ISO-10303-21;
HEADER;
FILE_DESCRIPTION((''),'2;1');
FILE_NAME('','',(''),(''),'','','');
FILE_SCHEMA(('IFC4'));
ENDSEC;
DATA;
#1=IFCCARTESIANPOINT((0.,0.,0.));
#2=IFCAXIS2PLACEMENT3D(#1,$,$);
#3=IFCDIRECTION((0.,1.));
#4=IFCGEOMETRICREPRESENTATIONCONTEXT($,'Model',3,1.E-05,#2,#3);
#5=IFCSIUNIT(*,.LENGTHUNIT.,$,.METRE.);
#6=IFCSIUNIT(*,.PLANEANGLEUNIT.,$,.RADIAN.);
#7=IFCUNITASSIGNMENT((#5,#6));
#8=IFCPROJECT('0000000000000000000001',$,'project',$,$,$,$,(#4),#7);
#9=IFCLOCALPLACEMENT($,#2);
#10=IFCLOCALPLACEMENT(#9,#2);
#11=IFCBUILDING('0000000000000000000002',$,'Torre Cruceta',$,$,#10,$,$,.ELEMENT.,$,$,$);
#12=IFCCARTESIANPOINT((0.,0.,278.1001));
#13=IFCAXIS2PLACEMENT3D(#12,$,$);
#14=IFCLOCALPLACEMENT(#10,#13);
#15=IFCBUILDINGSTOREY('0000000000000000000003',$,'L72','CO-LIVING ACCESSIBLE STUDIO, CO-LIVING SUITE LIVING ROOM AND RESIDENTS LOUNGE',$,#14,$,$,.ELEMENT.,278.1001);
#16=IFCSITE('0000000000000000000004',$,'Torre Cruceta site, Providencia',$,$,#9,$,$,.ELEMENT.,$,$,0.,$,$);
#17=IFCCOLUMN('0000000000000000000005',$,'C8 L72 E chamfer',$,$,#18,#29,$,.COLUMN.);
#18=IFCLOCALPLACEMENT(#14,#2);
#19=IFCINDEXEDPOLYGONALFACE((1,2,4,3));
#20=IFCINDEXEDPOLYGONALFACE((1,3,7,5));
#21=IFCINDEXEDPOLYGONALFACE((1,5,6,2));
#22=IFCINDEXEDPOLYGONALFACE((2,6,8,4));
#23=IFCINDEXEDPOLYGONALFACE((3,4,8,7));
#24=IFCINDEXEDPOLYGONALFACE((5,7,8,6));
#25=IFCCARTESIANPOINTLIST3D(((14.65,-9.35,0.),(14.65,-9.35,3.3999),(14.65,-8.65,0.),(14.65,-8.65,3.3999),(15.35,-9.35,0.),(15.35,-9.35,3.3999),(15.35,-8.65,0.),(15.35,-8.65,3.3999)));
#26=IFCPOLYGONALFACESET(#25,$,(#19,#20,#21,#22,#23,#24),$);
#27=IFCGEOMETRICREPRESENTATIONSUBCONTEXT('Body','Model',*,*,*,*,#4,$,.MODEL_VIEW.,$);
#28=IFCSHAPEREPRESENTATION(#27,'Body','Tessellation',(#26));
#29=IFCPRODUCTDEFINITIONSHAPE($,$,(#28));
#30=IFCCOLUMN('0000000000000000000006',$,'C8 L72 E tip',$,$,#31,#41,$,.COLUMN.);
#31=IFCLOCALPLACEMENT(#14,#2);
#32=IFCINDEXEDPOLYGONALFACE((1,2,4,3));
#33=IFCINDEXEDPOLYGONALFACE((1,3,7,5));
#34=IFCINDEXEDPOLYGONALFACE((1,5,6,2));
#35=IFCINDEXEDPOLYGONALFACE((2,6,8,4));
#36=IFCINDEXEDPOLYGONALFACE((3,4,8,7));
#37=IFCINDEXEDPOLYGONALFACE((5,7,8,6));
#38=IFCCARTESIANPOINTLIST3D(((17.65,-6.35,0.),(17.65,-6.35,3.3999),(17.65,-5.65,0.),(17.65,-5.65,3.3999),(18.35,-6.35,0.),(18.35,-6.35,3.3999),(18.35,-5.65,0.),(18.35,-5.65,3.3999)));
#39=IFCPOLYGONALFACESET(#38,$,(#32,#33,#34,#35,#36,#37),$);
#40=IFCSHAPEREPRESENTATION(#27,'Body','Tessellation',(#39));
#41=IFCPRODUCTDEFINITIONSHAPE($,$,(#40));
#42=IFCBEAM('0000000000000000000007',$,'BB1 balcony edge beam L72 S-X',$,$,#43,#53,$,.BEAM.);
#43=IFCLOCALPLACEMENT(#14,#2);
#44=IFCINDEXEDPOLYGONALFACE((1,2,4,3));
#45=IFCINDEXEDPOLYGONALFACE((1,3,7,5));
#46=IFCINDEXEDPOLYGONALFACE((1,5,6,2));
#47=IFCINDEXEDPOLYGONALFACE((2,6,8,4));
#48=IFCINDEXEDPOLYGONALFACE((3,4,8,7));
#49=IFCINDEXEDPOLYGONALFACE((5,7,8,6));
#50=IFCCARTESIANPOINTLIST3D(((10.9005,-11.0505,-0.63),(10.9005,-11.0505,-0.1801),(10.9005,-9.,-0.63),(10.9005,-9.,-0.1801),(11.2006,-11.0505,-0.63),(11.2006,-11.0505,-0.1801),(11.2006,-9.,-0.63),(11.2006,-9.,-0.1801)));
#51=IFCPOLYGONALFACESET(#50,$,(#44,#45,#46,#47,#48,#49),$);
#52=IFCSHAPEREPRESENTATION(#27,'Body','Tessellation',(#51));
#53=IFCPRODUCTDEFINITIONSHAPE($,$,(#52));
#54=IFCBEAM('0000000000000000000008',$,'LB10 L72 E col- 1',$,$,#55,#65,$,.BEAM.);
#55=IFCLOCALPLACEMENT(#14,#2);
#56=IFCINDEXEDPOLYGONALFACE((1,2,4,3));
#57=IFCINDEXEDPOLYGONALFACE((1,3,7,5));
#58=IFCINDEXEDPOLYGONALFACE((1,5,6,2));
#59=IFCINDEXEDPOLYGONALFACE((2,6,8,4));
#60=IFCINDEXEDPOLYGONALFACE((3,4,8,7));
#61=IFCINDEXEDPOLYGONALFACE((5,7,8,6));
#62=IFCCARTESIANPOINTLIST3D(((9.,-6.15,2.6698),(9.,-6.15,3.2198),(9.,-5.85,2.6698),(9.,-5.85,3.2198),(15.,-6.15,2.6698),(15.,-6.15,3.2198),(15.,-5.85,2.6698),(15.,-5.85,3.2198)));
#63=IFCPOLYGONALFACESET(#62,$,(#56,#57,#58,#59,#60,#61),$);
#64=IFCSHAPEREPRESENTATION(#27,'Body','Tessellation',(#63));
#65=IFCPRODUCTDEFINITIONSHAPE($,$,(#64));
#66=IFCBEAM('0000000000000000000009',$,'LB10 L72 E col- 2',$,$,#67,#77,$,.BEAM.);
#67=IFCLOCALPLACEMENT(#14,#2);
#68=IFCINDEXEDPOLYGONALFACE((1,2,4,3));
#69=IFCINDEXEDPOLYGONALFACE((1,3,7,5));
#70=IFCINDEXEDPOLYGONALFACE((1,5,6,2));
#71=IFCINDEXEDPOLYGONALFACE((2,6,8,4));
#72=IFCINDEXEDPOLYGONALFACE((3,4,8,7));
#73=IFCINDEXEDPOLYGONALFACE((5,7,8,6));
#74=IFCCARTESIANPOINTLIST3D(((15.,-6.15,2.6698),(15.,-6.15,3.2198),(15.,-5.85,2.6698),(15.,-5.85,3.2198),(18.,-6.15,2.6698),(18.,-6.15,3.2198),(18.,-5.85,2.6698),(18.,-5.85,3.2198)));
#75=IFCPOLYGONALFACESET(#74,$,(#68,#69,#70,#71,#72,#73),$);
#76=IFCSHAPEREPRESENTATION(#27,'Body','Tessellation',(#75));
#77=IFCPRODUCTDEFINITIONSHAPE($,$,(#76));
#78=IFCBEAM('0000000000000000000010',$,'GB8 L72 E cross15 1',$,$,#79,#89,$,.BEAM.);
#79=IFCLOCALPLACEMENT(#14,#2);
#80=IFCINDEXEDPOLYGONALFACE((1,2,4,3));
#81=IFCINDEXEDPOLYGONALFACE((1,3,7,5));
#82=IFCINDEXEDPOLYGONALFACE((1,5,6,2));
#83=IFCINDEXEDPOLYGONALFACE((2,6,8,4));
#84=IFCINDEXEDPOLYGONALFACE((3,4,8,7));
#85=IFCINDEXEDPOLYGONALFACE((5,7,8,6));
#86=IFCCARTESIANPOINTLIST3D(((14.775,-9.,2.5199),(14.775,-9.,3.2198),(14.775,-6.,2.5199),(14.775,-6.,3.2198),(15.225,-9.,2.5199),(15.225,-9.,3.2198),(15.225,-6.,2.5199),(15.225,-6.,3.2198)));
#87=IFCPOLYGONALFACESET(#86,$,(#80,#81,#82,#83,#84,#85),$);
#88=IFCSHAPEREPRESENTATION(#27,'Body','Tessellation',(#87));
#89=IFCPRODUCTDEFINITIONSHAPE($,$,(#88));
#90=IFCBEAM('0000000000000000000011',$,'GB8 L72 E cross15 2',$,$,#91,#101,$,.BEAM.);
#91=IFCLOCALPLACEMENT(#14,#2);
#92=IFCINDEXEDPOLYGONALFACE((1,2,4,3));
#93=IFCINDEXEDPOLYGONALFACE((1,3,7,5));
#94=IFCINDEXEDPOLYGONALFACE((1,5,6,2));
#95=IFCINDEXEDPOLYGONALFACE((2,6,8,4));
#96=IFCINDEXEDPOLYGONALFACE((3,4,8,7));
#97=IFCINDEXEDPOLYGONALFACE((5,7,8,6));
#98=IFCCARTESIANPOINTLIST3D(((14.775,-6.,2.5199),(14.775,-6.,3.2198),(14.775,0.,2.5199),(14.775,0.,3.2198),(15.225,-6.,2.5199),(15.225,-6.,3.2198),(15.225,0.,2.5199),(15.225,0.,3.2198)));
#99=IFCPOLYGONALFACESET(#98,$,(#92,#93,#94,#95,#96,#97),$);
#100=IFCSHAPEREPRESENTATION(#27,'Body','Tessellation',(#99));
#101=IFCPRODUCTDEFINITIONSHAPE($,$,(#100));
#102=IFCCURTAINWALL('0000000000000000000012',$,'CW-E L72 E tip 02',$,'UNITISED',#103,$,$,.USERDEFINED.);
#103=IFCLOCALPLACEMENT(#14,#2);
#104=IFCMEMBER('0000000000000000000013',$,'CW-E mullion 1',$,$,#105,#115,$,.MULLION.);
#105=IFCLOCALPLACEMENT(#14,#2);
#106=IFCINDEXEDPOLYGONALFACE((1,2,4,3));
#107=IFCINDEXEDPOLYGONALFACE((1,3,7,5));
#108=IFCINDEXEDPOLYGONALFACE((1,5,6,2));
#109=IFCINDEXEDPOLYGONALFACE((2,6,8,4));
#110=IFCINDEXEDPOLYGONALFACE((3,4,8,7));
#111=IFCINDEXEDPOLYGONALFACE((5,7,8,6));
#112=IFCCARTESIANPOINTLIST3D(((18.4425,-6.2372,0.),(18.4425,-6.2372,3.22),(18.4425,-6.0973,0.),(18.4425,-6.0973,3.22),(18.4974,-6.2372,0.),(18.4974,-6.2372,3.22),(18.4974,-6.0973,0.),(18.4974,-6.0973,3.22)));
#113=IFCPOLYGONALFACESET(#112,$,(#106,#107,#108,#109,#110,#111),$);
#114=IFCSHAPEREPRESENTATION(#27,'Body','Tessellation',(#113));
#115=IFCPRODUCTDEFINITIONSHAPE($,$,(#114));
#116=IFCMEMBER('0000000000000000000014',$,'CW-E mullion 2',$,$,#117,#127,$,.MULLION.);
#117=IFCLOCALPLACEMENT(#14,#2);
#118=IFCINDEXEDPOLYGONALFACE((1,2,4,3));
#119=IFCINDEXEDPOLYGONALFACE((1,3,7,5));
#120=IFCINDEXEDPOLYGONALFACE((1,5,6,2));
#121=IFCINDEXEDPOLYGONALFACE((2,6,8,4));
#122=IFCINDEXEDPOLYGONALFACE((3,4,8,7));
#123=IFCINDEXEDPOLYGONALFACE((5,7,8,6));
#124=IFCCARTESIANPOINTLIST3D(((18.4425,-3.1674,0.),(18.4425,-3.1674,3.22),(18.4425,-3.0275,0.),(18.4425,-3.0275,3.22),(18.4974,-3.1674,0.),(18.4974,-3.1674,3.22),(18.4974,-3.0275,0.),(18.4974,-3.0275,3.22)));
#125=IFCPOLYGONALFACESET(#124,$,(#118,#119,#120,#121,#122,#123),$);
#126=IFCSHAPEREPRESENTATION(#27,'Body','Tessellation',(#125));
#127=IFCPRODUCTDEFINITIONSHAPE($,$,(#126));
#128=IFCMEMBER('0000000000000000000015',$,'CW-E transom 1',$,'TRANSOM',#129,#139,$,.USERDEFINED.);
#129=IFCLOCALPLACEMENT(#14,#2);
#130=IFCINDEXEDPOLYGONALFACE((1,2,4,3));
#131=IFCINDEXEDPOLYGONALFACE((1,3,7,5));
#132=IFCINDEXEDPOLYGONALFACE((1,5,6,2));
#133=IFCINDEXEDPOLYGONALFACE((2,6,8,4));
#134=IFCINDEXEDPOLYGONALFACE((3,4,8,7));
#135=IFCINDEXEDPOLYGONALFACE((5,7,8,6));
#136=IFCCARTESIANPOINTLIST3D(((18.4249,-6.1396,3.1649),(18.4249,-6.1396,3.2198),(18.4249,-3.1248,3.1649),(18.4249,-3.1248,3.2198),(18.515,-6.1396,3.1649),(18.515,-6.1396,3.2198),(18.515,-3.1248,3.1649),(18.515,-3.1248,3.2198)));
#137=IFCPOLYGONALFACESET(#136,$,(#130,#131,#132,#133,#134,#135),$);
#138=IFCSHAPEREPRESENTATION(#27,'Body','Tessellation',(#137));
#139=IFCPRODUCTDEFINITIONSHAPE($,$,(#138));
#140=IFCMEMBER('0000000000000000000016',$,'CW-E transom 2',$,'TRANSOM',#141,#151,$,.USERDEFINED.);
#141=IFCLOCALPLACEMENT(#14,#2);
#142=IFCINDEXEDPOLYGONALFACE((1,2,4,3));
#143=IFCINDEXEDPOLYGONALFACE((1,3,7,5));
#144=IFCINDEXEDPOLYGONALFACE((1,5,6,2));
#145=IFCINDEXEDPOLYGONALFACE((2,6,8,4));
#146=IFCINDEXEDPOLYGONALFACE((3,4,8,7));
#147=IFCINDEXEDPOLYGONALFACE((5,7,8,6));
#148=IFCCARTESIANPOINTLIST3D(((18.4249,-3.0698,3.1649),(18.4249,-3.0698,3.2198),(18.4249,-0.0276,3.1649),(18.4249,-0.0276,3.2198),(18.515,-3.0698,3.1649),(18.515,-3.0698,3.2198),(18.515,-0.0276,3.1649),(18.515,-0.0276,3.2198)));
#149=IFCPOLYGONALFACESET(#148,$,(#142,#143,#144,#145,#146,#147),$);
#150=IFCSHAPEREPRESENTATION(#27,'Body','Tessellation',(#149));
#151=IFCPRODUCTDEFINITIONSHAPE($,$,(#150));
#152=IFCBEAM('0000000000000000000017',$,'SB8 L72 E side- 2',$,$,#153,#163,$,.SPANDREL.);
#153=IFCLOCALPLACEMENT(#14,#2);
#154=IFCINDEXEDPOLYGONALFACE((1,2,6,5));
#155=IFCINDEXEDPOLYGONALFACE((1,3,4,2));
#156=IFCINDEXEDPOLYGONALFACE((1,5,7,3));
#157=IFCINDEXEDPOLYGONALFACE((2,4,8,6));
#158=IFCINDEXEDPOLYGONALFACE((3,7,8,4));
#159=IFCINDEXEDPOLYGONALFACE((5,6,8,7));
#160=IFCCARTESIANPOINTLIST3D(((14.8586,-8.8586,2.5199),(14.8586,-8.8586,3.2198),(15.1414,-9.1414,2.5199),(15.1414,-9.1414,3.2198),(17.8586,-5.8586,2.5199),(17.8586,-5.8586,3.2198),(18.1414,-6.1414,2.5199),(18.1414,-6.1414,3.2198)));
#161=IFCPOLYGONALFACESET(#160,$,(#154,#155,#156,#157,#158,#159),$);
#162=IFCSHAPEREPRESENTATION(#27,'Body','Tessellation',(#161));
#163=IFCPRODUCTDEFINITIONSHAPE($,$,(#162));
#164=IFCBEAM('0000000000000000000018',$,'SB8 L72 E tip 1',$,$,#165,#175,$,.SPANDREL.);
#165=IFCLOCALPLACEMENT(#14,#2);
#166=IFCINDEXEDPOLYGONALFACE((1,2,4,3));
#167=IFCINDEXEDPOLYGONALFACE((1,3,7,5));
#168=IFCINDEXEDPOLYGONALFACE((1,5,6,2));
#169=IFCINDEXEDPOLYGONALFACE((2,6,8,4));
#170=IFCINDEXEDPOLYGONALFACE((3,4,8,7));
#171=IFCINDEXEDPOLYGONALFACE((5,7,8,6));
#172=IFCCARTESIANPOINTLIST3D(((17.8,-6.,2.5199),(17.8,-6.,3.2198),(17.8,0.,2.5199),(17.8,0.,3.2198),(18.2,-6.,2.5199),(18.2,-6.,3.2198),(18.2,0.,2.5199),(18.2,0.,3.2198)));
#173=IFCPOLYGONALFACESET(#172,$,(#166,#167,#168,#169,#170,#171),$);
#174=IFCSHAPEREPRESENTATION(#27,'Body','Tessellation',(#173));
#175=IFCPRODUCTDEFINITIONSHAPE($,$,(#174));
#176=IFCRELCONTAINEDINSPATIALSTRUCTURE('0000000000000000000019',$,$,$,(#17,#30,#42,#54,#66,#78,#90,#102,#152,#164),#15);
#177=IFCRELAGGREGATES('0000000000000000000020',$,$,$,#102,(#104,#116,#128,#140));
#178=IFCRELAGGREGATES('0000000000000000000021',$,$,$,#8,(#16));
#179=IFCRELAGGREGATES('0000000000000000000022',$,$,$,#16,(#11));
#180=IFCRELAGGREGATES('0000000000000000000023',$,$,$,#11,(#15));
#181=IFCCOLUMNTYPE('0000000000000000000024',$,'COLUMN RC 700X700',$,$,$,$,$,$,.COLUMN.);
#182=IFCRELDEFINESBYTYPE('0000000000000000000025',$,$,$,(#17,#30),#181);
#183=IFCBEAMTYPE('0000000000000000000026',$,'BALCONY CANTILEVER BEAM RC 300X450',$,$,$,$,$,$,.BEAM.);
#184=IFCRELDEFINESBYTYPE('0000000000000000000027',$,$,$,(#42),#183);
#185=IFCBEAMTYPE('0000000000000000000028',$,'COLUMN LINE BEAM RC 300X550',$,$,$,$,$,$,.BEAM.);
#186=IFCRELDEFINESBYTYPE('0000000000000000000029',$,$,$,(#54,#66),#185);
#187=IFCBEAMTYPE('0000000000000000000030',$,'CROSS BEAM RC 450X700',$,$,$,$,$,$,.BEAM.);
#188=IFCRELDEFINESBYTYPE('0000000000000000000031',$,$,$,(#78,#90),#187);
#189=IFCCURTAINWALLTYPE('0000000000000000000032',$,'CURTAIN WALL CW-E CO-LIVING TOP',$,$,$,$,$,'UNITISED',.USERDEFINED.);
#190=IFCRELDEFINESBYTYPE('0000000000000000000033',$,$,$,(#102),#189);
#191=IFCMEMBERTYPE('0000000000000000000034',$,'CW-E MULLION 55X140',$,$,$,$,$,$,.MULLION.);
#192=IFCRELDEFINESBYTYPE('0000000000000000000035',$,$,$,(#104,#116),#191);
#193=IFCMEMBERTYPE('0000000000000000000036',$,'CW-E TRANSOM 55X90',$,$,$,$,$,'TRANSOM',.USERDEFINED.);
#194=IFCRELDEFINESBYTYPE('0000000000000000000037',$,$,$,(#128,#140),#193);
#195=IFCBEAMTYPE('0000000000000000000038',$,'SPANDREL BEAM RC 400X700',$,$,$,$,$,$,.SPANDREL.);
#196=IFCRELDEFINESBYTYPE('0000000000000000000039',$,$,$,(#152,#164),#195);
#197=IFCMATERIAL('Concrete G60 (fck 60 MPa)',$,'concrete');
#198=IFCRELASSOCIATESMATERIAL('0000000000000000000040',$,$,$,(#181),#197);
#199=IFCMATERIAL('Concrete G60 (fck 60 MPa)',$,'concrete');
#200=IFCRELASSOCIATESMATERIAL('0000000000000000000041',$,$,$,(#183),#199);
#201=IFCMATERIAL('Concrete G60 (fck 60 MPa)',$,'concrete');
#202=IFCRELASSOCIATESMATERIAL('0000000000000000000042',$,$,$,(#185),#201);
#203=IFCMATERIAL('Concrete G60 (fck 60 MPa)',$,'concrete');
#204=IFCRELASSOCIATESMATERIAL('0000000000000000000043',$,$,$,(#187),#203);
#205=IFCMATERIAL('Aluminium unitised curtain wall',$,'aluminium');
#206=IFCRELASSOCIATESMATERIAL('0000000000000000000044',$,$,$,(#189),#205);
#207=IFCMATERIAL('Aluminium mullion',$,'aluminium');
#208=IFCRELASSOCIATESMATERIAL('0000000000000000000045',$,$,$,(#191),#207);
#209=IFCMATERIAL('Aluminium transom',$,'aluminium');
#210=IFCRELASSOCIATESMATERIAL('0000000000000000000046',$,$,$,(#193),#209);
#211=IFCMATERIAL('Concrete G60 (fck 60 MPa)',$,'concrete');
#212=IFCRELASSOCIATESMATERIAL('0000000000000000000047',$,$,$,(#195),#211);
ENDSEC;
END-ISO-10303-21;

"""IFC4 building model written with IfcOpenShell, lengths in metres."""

from ifc_helpers import new_model, si_unit, direction, frame, origin, origin_2d, place, context, subcontext, project, spatial, rectangle, extrude, material, material_profile, profile_set, type_object, element, aggregate, save


model = new_model("IFC4")

# Units and contexts
model_context = context("Model", 3, precision=1e-05, world=origin(), true_north=direction((0.0, 1.0)))
body_context = subcontext(model_context, "Body", "Model", "MODEL_VIEW")
ifc_project = project(units=[si_unit("LENGTHUNIT", "METRE"), si_unit("PLANEANGLEUNIT", "RADIAN")], contexts=[model_context])

# Site, building, storey
site_placement = place(None, origin())
site = spatial("IfcSite", under=ifc_project, at=site_placement, Name="Torre Cruceta site, Providencia", CompositionType="ELEMENT", RefElevation=0.0)
building_placement = place(site_placement, origin())
building = spatial("IfcBuilding", under=site, at=building_placement, Name="Torre Cruceta", CompositionType="ELEMENT")
storey_placement = place(building_placement, frame((0.0, 0.0, 278.1001)))
storey = spatial("IfcBuildingStorey", under=building, at=storey_placement, Name="L72", Description="CO-LIVING ACCESSIBLE STUDIO, CO-LIVING SUITE LIVING ROOM AND RESIDENTS LOUNGE", CompositionType="ELEMENT", Elevation=278.1001)

# Columns
ifc_material_1 = material(Name="Concrete G60 (fck 60 MPa)", Category="concrete")
ifc_material_profile_1 = material_profile(ifc_material_1, rectangle(XDim=0.7, YDim=0.7, at=origin_2d()), Name="RC 700X700")
ifc_profile_set_1 = profile_set([ifc_material_profile_1], Name="Concrete G60 (fck 60 MPa)")
column_type = type_object("IfcColumnType", Name="COLUMN RC 700X700", PredefinedType="COLUMN", material=ifc_profile_set_1)
for number, where, z_axis, x_axis, name in (
    (1, (15.0, -9.0, 0.0), (0.0, 0.0, 1.0), (1.0, 0.0, 0.0), "C8 L72 E chamfer"),
    (2, (18.0, -6.0, 0.0), (0.0, 0.0, 1.0), (1.0, 0.0, 0.0), "C8 L72 E tip"),
):
    element("IfcColumn", number, at=place(storey_placement, frame(where, z_axis=z_axis, x_axis=x_axis)), inside=storey, type_object=column_type, Name=name, PredefinedType="COLUMN", context=body_context, shape_type="SweptSolid", body=[
        extrude(rectangle(XDim=0.7, YDim=0.7, at=origin_2d()), origin(), (0.0, 0.0, 1.0), 3.3999),
    ])

# Beams
ifc_material_2 = material(Name="Concrete G60 (fck 60 MPa)", Category="concrete")
ifc_material_profile_2 = material_profile(ifc_material_2, rectangle(XDim=0.3, YDim=0.45, at=origin_2d()), Name="RC 300X450")
ifc_profile_set_2 = profile_set([ifc_material_profile_2], Name="Concrete G60 (fck 60 MPa)")
beam_type_1 = type_object("IfcBeamType", Name="BALCONY CANTILEVER BEAM RC 300X450", PredefinedType="BEAM", material=ifc_profile_set_2)
beam_1_placement = place(storey_placement, frame((11.0505, -9.0, -0.405), z_axis=(0.0, -1.0, 0.0), x_axis=(1.0, 0.0, 0.0)))
element("IfcBeam", 3, at=beam_1_placement, inside=storey, type_object=beam_type_1, Name="BB1 balcony edge beam L72 S-X", PredefinedType="BEAM", context=body_context, shape_type="SweptSolid", body=[
    extrude(rectangle(XDim=0.3, YDim=0.45, at=origin_2d()), origin(), (0.0, 0.0, 1.0), 2.0505),
])
ifc_material_3 = material(Name="Concrete G60 (fck 60 MPa)", Category="concrete")
ifc_material_profile_3 = material_profile(ifc_material_3, rectangle(XDim=0.3, YDim=0.55, at=origin_2d()), Name="RC 300X550")
ifc_profile_set_3 = profile_set([ifc_material_profile_3], Name="Concrete G60 (fck 60 MPa)")
beam_type_2 = type_object("IfcBeamType", Name="COLUMN LINE BEAM RC 300X550", PredefinedType="BEAM", material=ifc_profile_set_3)
beam_2_placement = place(storey_placement, frame((9.0, -6.0, 2.9448), z_axis=(1.0, 0.0, 0.0), x_axis=(0.0, 1.0, 0.0)))
element("IfcBeam", 4, at=beam_2_placement, inside=storey, type_object=beam_type_2, Name="LB10 L72 E col- 1", PredefinedType="BEAM", context=body_context, shape_type="SweptSolid", body=[
    extrude(rectangle(XDim=0.3, YDim=0.55, at=origin_2d()), origin(), (0.0, 0.0, 1.0), 6.0),
])
beam_3_placement = place(storey_placement, frame((15.0, -6.0, 2.9448), z_axis=(1.0, 0.0, 0.0), x_axis=(0.0, 1.0, 0.0)))
element("IfcBeam", 5, at=beam_3_placement, inside=storey, type_object=beam_type_2, Name="LB10 L72 E col- 2", PredefinedType="BEAM", context=body_context, shape_type="SweptSolid", body=[
    extrude(rectangle(XDim=0.3, YDim=0.55, at=origin_2d()), origin(), (0.0, 0.0, 1.0), 3.0),
])
ifc_material_4 = material(Name="Concrete G60 (fck 60 MPa)", Category="concrete")
ifc_material_profile_4 = material_profile(ifc_material_4, rectangle(XDim=0.45, YDim=0.7, at=origin_2d()), Name="RC 450X700")
ifc_profile_set_4 = profile_set([ifc_material_profile_4], Name="Concrete G60 (fck 60 MPa)")
beam_type_3 = type_object("IfcBeamType", Name="CROSS BEAM RC 450X700", PredefinedType="BEAM", material=ifc_profile_set_4)
beam_4_placement = place(storey_placement, frame((15.0, -9.0, 2.8699), z_axis=(0.0, 1.0, 0.0), x_axis=(-1.0, 0.0, 0.0)))
element("IfcBeam", 6, at=beam_4_placement, inside=storey, type_object=beam_type_3, Name="GB8 L72 E cross15 1", PredefinedType="BEAM", context=body_context, shape_type="SweptSolid", body=[
    extrude(rectangle(XDim=0.45, YDim=0.7, at=origin_2d()), origin(), (0.0, 0.0, 1.0), 3.0),
])
beam_5_placement = place(storey_placement, frame((15.0, -6.0, 2.8699), z_axis=(0.0, 1.0, 0.0), x_axis=(-1.0, 0.0, 0.0)))
element("IfcBeam", 7, at=beam_5_placement, inside=storey, type_object=beam_type_3, Name="GB8 L72 E cross15 2", PredefinedType="BEAM", context=body_context, shape_type="SweptSolid", body=[
    extrude(rectangle(XDim=0.45, YDim=0.7, at=origin_2d()), origin(), (0.0, 0.0, 1.0), 6.0),
])

# Curtain wall, members
ifc_material_5 = material(Name="Aluminium unitised curtain wall", Category="aluminium")
curtain_wall_type = type_object("IfcCurtainWallType", Name="CURTAIN WALL CW-E CO-LIVING TOP", ElementType="UNITISED", PredefinedType="USERDEFINED", material=ifc_material_5)
curtain_wall_placement = place(storey_placement, origin())
curtain_wall = element("IfcCurtainWall", 8, at=curtain_wall_placement, inside=storey, type_object=curtain_wall_type, Name="CW-E L72 E tip 02", ObjectType="UNITISED", PredefinedType="USERDEFINED")
ifc_material_6 = material(Name="Aluminium mullion", Category="aluminium")
ifc_material_profile_5 = material_profile(ifc_material_6, rectangle(XDim=0.0549, YDim=0.1399, at=origin_2d()), Name="AL 55X140")
ifc_profile_set_5 = profile_set([ifc_material_profile_5], Name="Aluminium mullion")
member_type_1 = type_object("IfcMemberType", Name="CW-E MULLION 55X140", PredefinedType="MULLION", material=ifc_profile_set_5)
member_1_placement = place(storey_placement, frame((18.47, -6.1672, 0.0), z_axis=(0.0, 0.0, 1.0), x_axis=(-1.0, 0.0, 0.0)))
member_1 = element("IfcMember", 9, at=member_1_placement, type_object=member_type_1, Name="CW-E mullion 1", PredefinedType="MULLION", context=body_context, shape_type="SweptSolid", body=[
    extrude(rectangle(XDim=0.0549, YDim=0.1399, at=origin_2d()), origin(), (0.0, 0.0, 1.0), 3.22),
])
member_2_placement = place(storey_placement, frame((18.47, -3.0974, 0.0), z_axis=(0.0, 0.0, 1.0), x_axis=(-1.0, 0.0, 0.0)))
member_2 = element("IfcMember", 10, at=member_2_placement, type_object=member_type_1, Name="CW-E mullion 2", PredefinedType="MULLION", context=body_context, shape_type="SweptSolid", body=[
    extrude(rectangle(XDim=0.0549, YDim=0.1399, at=origin_2d()), origin(), (0.0, 0.0, 1.0), 3.22),
])
ifc_material_7 = material(Name="Aluminium transom", Category="aluminium")
ifc_material_profile_6 = material_profile(ifc_material_7, rectangle(XDim=0.0901, YDim=0.0549, at=origin_2d()), Name="AL 90X55")
ifc_profile_set_6 = profile_set([ifc_material_profile_6], Name="Aluminium transom")
member_type_2 = type_object("IfcMemberType", Name="CW-E TRANSOM 55X90", ElementType="TRANSOM", PredefinedType="USERDEFINED", material=ifc_profile_set_6)
member_3_placement = place(storey_placement, frame((18.47, -6.1396, 3.1924), z_axis=(0.0, 1.0, 0.0), x_axis=(-1.0, 0.0, 0.0)))
member_3 = element("IfcMember", 11, at=member_3_placement, type_object=member_type_2, Name="CW-E transom 1", ObjectType="TRANSOM", PredefinedType="USERDEFINED", context=body_context, shape_type="SweptSolid", body=[
    extrude(rectangle(XDim=0.0901, YDim=0.0549, at=origin_2d()), origin(), (0.0, 0.0, 1.0), 3.0149),
])
member_4_placement = place(storey_placement, frame((18.47, -3.0698, 3.1924), z_axis=(0.0, 1.0, 0.0), x_axis=(-1.0, 0.0, 0.0)))
member_4 = element("IfcMember", 12, at=member_4_placement, type_object=member_type_2, Name="CW-E transom 2", ObjectType="TRANSOM", PredefinedType="USERDEFINED", context=body_context, shape_type="SweptSolid", body=[
    extrude(rectangle(XDim=0.0901, YDim=0.0549, at=origin_2d()), origin(), (0.0, 0.0, 1.0), 3.0422),
])

# Beams
ifc_material_8 = material(Name="Concrete G60 (fck 60 MPa)", Category="concrete")
ifc_material_profile_7 = material_profile(ifc_material_8, rectangle(XDim=0.3999, YDim=0.7, at=origin_2d()), Name="RC 400X700")
ifc_profile_set_7 = profile_set([ifc_material_profile_7], Name="Concrete G60 (fck 60 MPa)")
beam_type_4 = type_object("IfcBeamType", Name="SPANDREL BEAM RC 400X700", PredefinedType="SPANDREL", material=ifc_profile_set_7)
beam_6_placement = place(storey_placement, frame((15.0, -9.0, 2.8699), z_axis=(0.707107, 0.707107, 0.0), x_axis=(-0.707107, 0.707107, 0.0)))
element("IfcBeam", 13, at=beam_6_placement, inside=storey, type_object=beam_type_4, Name="SB8 L72 E side- 2", PredefinedType="SPANDREL", context=body_context, shape_type="SweptSolid", body=[
    extrude(rectangle(XDim=0.3999, YDim=0.7, at=origin_2d()), origin(), (0.0, 0.0, 1.0), 4.2427),
])
beam_7_placement = place(storey_placement, frame((18.0, -6.0, 2.8699), z_axis=(0.0, 1.0, 0.0), x_axis=(-1.0, 0.0, 0.0)))
element("IfcBeam", 14, at=beam_7_placement, inside=storey, type_object=beam_type_4, Name="SB8 L72 E tip 1", PredefinedType="SPANDREL", context=body_context, shape_type="SweptSolid", body=[
    extrude(rectangle(XDim=0.3999, YDim=0.7, at=origin_2d()), origin(), (0.0, 0.0, 1.0), 6.0),
])

aggregate(curtain_wall, [member_1, member_2, member_3, member_4])

save(model, "model.ifc")
